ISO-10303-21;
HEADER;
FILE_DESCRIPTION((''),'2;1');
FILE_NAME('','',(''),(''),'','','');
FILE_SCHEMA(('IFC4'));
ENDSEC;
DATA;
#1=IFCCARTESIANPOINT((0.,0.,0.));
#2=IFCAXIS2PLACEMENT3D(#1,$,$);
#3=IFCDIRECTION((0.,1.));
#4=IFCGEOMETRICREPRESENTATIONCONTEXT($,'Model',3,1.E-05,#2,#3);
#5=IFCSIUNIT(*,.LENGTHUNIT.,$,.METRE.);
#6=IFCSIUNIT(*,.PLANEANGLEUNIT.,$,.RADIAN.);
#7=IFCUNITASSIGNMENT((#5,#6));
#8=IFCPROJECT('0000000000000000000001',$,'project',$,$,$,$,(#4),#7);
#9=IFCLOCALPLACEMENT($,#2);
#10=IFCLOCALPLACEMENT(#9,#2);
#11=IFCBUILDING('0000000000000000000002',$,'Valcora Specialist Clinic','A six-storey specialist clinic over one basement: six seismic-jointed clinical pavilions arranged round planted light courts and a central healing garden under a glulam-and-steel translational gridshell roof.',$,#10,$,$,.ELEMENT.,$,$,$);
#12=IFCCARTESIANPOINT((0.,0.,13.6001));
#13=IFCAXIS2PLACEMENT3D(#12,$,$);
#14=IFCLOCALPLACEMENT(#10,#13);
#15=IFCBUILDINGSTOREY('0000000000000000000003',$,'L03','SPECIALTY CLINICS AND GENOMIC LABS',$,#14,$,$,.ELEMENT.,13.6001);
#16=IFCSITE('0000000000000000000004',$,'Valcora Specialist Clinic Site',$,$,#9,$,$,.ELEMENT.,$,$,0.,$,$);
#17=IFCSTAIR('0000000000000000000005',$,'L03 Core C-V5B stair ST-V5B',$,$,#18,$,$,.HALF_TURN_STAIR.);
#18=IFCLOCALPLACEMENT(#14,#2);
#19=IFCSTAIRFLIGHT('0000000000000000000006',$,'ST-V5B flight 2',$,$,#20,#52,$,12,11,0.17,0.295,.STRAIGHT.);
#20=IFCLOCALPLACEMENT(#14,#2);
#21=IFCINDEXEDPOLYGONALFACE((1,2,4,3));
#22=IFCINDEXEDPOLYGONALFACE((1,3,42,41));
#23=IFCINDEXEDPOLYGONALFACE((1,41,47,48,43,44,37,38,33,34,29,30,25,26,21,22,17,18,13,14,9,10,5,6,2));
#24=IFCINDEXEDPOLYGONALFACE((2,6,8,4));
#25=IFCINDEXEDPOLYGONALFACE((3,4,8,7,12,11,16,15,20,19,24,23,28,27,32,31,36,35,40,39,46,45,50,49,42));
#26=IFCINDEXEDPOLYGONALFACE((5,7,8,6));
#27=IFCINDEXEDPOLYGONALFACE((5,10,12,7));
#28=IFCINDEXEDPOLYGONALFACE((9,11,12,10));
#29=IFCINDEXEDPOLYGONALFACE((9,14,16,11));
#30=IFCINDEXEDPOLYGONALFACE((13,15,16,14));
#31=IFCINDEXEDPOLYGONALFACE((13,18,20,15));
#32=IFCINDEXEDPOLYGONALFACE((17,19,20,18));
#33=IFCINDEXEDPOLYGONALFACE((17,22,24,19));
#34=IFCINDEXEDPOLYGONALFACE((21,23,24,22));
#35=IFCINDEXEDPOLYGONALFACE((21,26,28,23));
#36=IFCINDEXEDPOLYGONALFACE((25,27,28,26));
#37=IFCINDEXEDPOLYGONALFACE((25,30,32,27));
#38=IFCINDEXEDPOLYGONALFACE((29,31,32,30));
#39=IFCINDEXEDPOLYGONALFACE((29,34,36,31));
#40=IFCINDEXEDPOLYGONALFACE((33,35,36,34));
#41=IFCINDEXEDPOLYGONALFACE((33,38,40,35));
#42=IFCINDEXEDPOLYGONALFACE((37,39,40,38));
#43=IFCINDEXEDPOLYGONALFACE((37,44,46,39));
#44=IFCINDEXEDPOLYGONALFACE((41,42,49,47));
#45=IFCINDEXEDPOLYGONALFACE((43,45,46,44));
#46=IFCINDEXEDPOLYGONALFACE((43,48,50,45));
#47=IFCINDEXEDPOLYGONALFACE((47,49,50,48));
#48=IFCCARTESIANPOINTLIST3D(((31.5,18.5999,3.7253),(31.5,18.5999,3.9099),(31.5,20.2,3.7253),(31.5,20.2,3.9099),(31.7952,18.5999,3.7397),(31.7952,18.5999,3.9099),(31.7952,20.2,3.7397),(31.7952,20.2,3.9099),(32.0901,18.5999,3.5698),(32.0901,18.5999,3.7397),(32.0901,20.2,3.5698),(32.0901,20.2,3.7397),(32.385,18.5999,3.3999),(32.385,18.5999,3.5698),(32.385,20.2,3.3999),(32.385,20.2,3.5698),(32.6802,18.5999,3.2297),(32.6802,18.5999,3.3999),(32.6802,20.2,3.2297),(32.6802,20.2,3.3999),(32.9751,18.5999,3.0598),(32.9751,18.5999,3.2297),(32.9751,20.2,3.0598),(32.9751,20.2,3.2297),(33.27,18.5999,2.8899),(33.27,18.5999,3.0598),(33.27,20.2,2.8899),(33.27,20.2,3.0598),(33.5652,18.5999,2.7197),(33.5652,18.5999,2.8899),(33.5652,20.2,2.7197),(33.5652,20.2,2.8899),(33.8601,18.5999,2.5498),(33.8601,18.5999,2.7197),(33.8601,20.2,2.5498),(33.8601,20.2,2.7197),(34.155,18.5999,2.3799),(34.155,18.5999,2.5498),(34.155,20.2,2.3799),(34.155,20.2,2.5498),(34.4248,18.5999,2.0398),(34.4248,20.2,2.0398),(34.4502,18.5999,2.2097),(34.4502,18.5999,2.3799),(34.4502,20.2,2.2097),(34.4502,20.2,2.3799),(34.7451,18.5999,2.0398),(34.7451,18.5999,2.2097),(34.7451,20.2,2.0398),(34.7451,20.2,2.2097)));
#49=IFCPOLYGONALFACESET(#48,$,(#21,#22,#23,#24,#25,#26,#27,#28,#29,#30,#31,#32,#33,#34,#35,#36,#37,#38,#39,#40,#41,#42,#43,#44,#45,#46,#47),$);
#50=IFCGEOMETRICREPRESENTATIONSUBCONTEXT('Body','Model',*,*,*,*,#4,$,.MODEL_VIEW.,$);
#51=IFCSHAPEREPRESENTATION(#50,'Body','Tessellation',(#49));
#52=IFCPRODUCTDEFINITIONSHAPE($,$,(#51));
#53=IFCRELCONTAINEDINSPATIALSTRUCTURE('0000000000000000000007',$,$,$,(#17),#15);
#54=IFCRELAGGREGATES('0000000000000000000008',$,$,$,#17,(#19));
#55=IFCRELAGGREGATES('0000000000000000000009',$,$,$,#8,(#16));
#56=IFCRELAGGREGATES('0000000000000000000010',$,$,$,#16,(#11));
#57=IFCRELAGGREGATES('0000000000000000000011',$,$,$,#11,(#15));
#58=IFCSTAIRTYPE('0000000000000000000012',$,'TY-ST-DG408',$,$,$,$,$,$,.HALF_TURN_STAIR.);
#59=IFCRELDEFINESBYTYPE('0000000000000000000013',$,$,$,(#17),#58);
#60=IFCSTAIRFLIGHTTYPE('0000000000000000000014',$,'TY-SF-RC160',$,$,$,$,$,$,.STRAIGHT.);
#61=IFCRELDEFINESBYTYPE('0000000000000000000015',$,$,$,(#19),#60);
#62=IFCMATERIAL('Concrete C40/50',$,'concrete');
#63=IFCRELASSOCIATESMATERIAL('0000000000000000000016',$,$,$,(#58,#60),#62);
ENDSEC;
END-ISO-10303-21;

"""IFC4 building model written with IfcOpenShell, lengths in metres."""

from ifc_helpers import new_model, si_unit, direction, frame, origin, place, context, subcontext, project, spatial, polyline, outline, extrude, material, type_object, element, aggregate, save


model = new_model("IFC4")

# Units and contexts
model_context = context("Model", 3, precision=1e-05, world=origin(), true_north=direction((0.0, 1.0)))
body_context = subcontext(model_context, "Body", "Model", "MODEL_VIEW")
ifc_project = project(units=[si_unit("LENGTHUNIT", "METRE"), si_unit("PLANEANGLEUNIT", "RADIAN")], contexts=[model_context])

# Site, building, storey
site_placement = place(None, origin())
site = spatial("IfcSite", under=ifc_project, at=site_placement, Name="Valcora Specialist Clinic Site", CompositionType="ELEMENT", RefElevation=0.0)
building_placement = place(site_placement, origin())
building = spatial("IfcBuilding", under=site, at=building_placement, Name="Valcora Specialist Clinic", Description="A six-storey specialist clinic over one basement: six seismic-jointed clinical pavilions arranged round planted light courts and a central healing garden under a glulam-and-steel translational gridshell roof.", CompositionType="ELEMENT")
storey_placement = place(building_placement, frame((0.0, 0.0, 13.6001)))
storey = spatial("IfcBuildingStorey", under=building, at=storey_placement, Name="L03", Description="SPECIALTY CLINICS AND GENOMIC LABS", CompositionType="ELEMENT", Elevation=13.6001)

# Shared definitions
ifc_material_1 = material(Name="Concrete C40/50", Category="concrete")

# Stair, stair flight
stair_type = type_object("IfcStairType", Name="TY-ST-DG408", PredefinedType="HALF_TURN_STAIR", material=ifc_material_1)
stair_placement = place(storey_placement, origin())
stair = element("IfcStair", 1, at=stair_placement, inside=storey, type_object=stair_type, Name="L03 Core C-V5B stair ST-V5B", PredefinedType="HALF_TURN_STAIR")
stair_flight_type = type_object("IfcStairFlightType", Name="TY-SF-RC160", PredefinedType="STRAIGHT", material=ifc_material_1)
stair_flight_1_placement = place(storey_placement, frame((34.7451, 19.3999, 2.0398), z_axis=(0.0, 0.0, 1.0), x_axis=(-1.0, 0.0, 0.0)))
stair_flight_1 = element("IfcStairFlight", 2, at=stair_flight_1_placement, type_object=stair_flight_type, Name="ST-V5B flight 2", NumberOfRisers=12, NumberOfTreads=11, PredefinedType="STRAIGHT", RiserHeight=0.17, TreadLength=0.295, context=body_context, shape_type="SweptSolid", body=[
    extrude(outline(polyline([(0.0, 0.0), (0.0, 0.1699), (0.2949, 0.1699), (0.2949, 0.3401), (0.5901, 0.3401), (0.5901, 0.51), (0.885, 0.51), (0.885, 0.6799), (1.1799, 0.6799), (1.1799, 0.8501), (1.4751, 0.8501), (1.4751, 1.02), (1.77, 1.02), (1.77, 1.1899), (2.0649, 1.1899), (2.0649, 1.3601), (2.3601, 1.3601), (2.3601, 1.53), (2.655, 1.53), (2.655, 1.7), (2.95, 1.7), (2.95, 1.8701), (3.2451, 1.8701), (3.2451, 2.04), (3.2451, 1.6855), (0.3203, 0.0), (0.0, 0.0)])), frame((0.0, 0.8, 0.0), z_axis=(0.0, -1.0, 0.0), x_axis=(1.0, 0.0, 0.0)), (0.0, 0.0, 1.0), 1.6001),
])
aggregate(stair, [stair_flight_1])

save(model, "model.ifc")
